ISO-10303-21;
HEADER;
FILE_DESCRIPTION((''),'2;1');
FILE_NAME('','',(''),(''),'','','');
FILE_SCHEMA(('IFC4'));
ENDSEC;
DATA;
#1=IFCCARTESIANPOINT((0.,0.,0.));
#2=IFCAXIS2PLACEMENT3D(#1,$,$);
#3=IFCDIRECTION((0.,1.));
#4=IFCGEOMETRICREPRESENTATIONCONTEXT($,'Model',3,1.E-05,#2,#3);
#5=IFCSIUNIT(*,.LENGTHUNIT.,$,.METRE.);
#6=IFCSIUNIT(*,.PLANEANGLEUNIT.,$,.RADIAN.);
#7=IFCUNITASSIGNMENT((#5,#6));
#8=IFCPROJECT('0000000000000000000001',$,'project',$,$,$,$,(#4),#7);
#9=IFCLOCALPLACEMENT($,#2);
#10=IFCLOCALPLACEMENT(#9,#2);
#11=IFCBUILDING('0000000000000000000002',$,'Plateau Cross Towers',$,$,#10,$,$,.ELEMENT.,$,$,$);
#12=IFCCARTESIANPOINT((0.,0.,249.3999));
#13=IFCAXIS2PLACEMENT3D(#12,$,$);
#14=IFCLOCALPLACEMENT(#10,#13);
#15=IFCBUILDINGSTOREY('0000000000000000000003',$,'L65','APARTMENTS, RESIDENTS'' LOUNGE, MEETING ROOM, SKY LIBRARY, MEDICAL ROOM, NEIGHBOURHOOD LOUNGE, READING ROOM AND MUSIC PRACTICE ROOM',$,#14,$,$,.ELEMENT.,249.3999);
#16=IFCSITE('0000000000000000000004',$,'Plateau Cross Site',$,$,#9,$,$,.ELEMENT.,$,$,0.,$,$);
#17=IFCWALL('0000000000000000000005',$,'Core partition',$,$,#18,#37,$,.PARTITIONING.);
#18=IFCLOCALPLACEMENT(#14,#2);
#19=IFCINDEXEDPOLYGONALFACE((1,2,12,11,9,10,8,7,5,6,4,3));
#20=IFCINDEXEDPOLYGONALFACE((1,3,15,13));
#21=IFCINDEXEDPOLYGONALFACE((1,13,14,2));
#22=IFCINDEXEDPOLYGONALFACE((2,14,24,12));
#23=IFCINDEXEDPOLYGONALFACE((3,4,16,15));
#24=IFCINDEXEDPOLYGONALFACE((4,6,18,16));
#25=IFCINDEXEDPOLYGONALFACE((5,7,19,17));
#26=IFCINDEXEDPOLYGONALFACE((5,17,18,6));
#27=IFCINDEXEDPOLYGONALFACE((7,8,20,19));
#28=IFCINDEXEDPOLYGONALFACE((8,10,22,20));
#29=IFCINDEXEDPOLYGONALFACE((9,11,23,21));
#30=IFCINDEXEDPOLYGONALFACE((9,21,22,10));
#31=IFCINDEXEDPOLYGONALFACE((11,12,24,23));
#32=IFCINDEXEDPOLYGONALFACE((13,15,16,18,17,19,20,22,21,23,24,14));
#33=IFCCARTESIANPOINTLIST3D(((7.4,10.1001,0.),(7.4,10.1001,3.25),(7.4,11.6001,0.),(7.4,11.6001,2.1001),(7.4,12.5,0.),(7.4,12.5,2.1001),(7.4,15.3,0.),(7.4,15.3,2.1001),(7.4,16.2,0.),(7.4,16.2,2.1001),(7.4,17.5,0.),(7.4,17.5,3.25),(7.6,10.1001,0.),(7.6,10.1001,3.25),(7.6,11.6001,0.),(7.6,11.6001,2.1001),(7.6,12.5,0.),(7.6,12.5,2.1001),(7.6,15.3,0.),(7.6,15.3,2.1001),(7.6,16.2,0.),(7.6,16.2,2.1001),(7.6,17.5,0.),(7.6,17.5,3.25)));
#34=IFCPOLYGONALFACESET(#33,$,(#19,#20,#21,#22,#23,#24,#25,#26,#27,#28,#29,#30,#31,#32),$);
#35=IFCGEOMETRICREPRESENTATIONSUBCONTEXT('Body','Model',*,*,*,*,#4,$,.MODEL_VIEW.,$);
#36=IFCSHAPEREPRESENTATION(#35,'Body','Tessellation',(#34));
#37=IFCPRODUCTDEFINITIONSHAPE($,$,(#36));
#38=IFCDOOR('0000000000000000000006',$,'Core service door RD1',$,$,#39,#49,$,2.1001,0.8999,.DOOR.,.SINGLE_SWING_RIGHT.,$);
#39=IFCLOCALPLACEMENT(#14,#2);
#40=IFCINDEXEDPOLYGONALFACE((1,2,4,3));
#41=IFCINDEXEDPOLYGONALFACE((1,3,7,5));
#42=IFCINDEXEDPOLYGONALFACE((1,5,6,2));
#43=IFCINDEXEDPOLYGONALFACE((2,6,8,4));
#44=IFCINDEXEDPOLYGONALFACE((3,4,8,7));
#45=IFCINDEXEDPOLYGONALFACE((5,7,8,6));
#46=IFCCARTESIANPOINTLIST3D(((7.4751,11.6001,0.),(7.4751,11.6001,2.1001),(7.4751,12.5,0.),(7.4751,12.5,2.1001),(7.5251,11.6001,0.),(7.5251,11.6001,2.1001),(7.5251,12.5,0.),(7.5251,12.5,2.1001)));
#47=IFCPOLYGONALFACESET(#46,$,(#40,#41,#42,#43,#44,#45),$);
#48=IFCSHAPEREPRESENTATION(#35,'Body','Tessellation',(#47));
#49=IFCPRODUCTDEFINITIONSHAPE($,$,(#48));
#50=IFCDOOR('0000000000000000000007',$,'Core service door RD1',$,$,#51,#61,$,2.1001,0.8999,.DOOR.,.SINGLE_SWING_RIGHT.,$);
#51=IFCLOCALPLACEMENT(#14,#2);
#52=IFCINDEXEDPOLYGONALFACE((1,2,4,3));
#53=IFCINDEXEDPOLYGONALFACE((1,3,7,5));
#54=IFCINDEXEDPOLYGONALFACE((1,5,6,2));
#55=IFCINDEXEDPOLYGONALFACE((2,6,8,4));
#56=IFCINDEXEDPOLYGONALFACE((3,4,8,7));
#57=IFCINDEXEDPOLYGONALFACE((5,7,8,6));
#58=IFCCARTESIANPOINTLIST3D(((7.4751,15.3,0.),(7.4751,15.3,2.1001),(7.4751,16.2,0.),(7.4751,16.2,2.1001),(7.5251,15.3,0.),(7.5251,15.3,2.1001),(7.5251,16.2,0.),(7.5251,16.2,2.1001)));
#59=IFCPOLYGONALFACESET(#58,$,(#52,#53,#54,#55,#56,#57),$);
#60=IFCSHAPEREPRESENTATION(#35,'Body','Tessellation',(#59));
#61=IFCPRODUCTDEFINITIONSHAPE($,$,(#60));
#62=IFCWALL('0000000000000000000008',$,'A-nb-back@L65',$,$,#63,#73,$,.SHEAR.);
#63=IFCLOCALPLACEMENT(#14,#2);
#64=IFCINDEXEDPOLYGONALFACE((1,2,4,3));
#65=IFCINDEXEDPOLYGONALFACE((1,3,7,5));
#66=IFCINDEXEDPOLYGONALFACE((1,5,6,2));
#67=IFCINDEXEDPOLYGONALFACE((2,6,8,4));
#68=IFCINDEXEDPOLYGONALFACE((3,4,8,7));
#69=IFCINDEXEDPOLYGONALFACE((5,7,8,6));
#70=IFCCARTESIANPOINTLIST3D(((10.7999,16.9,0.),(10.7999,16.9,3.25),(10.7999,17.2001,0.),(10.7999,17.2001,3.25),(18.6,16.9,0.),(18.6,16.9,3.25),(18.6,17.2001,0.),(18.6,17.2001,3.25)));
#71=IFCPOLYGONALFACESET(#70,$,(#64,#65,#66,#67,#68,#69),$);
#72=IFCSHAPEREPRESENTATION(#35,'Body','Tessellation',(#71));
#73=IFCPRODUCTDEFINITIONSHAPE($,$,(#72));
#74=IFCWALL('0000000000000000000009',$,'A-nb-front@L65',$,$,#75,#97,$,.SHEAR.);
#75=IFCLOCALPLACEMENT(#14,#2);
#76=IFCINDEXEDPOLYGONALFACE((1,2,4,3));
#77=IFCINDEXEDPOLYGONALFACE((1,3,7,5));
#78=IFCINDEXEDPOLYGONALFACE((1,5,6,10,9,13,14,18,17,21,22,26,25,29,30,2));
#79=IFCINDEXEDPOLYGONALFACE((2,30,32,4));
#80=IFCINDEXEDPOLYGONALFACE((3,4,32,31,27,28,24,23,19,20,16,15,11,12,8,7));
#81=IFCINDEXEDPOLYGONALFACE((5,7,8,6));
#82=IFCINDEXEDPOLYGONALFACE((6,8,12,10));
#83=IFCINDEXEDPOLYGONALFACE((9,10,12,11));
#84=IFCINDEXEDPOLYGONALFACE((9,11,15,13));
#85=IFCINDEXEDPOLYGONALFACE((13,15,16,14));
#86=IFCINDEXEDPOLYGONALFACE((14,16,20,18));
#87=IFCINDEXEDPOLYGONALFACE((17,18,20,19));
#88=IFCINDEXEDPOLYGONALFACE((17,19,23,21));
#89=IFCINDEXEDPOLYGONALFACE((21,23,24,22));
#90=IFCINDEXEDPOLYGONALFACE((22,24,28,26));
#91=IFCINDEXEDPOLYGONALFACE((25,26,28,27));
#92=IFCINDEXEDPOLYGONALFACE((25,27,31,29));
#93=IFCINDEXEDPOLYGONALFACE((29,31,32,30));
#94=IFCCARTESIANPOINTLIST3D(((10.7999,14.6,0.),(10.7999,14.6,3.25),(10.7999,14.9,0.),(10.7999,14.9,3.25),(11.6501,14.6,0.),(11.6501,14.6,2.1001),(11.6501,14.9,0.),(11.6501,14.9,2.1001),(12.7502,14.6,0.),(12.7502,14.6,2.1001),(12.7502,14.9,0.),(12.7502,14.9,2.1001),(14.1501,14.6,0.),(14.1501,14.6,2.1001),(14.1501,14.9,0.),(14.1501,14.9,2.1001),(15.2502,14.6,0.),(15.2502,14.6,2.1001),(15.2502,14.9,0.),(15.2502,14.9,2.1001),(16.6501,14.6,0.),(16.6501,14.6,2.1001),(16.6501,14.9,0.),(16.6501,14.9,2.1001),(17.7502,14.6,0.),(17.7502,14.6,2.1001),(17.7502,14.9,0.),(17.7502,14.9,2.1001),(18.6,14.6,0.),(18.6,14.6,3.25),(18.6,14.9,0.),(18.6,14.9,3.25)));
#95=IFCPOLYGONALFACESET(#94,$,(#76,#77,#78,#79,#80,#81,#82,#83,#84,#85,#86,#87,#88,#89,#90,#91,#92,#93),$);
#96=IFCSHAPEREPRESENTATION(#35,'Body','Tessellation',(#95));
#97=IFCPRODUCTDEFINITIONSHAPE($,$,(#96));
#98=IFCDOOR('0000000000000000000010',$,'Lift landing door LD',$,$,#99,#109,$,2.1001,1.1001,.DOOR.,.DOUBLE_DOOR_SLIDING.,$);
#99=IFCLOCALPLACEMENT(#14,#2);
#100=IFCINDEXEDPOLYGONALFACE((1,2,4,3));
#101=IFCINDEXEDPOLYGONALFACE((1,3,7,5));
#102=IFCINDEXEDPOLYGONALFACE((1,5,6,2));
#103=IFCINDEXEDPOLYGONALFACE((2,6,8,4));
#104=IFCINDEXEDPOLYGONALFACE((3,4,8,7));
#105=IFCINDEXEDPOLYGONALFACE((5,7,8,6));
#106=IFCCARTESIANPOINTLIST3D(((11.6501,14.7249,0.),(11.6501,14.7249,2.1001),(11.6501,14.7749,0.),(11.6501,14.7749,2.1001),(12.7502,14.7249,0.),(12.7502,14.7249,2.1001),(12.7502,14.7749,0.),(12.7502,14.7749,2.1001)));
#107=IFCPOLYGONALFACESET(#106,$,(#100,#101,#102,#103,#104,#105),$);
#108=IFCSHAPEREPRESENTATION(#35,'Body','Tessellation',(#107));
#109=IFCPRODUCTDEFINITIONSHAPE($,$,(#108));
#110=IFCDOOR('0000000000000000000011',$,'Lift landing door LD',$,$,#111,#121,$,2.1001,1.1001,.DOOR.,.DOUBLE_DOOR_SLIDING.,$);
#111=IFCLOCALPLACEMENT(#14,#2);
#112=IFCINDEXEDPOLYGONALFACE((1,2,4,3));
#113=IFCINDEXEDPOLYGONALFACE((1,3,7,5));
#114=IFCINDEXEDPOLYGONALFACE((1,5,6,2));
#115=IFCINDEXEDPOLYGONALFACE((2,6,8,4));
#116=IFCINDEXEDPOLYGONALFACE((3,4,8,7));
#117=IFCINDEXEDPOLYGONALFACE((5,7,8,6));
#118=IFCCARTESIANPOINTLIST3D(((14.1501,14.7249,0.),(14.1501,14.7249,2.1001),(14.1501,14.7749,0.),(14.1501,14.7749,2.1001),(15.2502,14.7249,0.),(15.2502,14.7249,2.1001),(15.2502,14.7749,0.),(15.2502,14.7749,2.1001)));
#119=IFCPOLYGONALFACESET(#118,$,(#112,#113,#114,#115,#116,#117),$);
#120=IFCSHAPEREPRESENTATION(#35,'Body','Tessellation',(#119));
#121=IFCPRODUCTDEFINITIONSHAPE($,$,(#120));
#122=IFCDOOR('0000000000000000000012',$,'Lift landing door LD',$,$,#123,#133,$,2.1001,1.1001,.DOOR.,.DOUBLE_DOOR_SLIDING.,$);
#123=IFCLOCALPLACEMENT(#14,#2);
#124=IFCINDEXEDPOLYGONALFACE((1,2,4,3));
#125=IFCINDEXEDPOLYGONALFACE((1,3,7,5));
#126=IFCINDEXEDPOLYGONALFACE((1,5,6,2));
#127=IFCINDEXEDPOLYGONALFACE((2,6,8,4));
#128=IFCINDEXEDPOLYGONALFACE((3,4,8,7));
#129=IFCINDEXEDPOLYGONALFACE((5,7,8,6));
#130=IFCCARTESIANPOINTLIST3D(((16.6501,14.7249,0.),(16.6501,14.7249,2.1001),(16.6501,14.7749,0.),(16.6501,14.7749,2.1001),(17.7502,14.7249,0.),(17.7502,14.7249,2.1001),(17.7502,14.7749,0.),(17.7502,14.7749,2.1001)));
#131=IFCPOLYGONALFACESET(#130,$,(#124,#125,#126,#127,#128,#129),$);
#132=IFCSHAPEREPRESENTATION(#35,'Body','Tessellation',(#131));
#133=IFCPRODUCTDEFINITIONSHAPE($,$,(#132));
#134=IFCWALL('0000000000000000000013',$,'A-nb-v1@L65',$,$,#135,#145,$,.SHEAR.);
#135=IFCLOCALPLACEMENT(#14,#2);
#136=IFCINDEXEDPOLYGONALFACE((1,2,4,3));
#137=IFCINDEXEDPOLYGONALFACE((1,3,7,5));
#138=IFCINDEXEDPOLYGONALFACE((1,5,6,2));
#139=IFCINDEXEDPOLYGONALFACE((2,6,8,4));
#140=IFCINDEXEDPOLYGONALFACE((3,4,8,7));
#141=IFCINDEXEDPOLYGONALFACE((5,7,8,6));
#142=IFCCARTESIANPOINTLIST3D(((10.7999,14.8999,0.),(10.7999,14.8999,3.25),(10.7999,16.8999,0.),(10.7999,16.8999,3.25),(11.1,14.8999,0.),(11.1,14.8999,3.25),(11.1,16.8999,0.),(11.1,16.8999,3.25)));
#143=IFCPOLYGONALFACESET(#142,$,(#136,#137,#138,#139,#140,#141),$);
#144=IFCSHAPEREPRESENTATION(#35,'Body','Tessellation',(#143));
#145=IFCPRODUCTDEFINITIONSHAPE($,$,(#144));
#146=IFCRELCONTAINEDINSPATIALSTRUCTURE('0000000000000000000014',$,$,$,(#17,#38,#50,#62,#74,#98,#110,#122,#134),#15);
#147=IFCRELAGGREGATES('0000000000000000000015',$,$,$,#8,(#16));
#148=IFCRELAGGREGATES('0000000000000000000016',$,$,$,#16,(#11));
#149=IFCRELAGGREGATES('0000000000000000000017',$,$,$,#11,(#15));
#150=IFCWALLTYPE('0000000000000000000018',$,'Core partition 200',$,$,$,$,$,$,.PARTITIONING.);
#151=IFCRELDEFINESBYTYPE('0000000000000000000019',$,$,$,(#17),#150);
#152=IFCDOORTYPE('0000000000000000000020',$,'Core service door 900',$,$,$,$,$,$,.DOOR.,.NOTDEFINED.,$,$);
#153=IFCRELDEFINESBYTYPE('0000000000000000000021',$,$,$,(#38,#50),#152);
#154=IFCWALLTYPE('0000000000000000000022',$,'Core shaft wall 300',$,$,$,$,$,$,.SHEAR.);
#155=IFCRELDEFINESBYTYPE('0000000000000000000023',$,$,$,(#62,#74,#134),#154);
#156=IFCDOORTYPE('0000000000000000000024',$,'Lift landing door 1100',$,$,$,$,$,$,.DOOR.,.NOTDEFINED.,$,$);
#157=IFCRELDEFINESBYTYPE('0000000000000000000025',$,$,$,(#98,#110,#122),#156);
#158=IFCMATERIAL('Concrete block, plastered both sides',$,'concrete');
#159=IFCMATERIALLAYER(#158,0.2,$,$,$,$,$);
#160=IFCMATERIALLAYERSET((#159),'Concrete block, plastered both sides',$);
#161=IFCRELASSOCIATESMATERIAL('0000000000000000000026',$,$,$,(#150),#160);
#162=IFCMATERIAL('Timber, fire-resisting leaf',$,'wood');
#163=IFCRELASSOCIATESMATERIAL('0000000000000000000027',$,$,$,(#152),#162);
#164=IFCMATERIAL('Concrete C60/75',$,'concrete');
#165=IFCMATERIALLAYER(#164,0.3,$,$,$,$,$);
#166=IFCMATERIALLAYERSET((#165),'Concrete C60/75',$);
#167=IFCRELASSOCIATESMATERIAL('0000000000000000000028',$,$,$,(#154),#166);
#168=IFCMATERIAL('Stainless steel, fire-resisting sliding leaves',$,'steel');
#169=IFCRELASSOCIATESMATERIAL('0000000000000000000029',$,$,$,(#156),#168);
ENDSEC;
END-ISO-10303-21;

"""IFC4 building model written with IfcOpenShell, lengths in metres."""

from ifc_helpers import new_model, si_unit, direction, frame, frame_2d, origin, place, context, subcontext, project, spatial, rectangle, extrude, material, layer, layer_set, type_object, element, fill, save


model = new_model("IFC4")

# Units and contexts
model_context = context("Model", 3, precision=1e-05, world=origin(), true_north=direction((0.0, 1.0)))
body_context = subcontext(model_context, "Body", "Model", "MODEL_VIEW")
ifc_project = project(units=[si_unit("LENGTHUNIT", "METRE"), si_unit("PLANEANGLEUNIT", "RADIAN")], contexts=[model_context])

# Site, building, storey
site_placement = place(None, origin())
site = spatial("IfcSite", under=ifc_project, at=site_placement, Name="Plateau Cross Site", CompositionType="ELEMENT", RefElevation=0.0)
building_placement = place(site_placement, origin())
building = spatial("IfcBuilding", under=site, at=building_placement, Name="Plateau Cross Towers", CompositionType="ELEMENT")
storey_placement = place(building_placement, frame((0.0, 0.0, 249.3999)))
storey = spatial("IfcBuildingStorey", under=building, at=storey_placement, Name="L65", Description="APARTMENTS, RESIDENTS' LOUNGE, MEETING ROOM, SKY LIBRARY, MEDICAL ROOM, NEIGHBOURHOOD LOUNGE, READING ROOM AND MUSIC PRACTICE ROOM", CompositionType="ELEMENT", Elevation=249.3999)

# Shared definitions
ifc_material_1 = material(Name="Concrete block, plastered both sides", Category="concrete")
ifc_layer_1 = layer(ifc_material_1, 0.2)
ifc_layer_set_1 = layer_set([ifc_layer_1], Name="Concrete block, plastered both sides")
wall_type_1 = type_object("IfcWallType", Name="Core partition 200", PredefinedType="PARTITIONING", material=ifc_layer_set_1)

# Shared definitions
ifc_material_2 = material(Name="Timber, fire-resisting leaf", Category="wood")
door_type_1 = type_object("IfcDoorType", Name="Core service door 900", OperationType="NOTDEFINED", PredefinedType="DOOR", material=ifc_material_2)

# Wall, openings, doors
wall_1_placement = place(storey_placement, frame((7.5, 10.1001, 0.0), z_axis=(0.0, 0.0, 1.0), x_axis=(0.0, 1.0, 0.0)))
wall_1 = element("IfcWall", 1, at=wall_1_placement, inside=storey, type_object=wall_type_1, Name="Core partition", PredefinedType="PARTITIONING", context=body_context, shape_type="SweptSolid", body=[
    extrude(rectangle(XDim=7.3999, YDim=0.2, at=frame_2d((3.7, 0.0))), origin(), (0.0, 0.0, 1.0), 3.25),
])
opening_1_placement = place(wall_1_placement, frame((1.5, 0.0, 0.0)))
opening_1 = element("IfcOpeningElement", 2, at=opening_1_placement, cuts=wall_1, PredefinedType="OPENING", context=body_context, shape_type="SweptSolid", body=[
    extrude(rectangle(XDim=0.8999, YDim=2.1001, at=frame_2d((0.45, 1.05))), frame((0.0, 0.1099, 0.0), z_axis=(0.0, -1.0, 0.0), x_axis=(1.0, 0.0, 0.0)), (0.0, 0.0, 1.0), 0.22),
])
opening_2_placement = place(wall_1_placement, frame((5.2, 0.0, 0.0)))
opening_2 = element("IfcOpeningElement", 3, at=opening_2_placement, cuts=wall_1, PredefinedType="OPENING", context=body_context, shape_type="SweptSolid", body=[
    extrude(rectangle(XDim=0.8999, YDim=2.1001, at=frame_2d((0.45, 1.05))), frame((0.0, 0.1099, 0.0), z_axis=(0.0, -1.0, 0.0), x_axis=(1.0, 0.0, 0.0)), (0.0, 0.0, 1.0), 0.22),
])
door_1_placement = place(opening_1_placement, origin())
door_1 = element("IfcDoor", 4, at=door_1_placement, inside=storey, type_object=door_type_1, Name="Core service door RD1", OperationType="SINGLE_SWING_RIGHT", OverallHeight=2.1001, OverallWidth=0.8999, PredefinedType="DOOR", context=body_context, shape_type="SweptSolid", body=[
    extrude(rectangle(XDim=0.8999, YDim=2.1001, at=frame_2d((0.45, 1.05))), frame((0.0, 0.0249, 0.0), z_axis=(0.0, -1.0, 0.0), x_axis=(1.0, 0.0, 0.0)), (0.0, 0.0, 1.0), 0.05),
])
fill(opening_1, door_1)
door_2_placement = place(opening_2_placement, origin())
door_2 = element("IfcDoor", 5, at=door_2_placement, inside=storey, type_object=door_type_1, Name="Core service door RD1", OperationType="SINGLE_SWING_RIGHT", OverallHeight=2.1001, OverallWidth=0.8999, PredefinedType="DOOR", context=body_context, shape_type="SweptSolid", body=[
    extrude(rectangle(XDim=0.8999, YDim=2.1001, at=frame_2d((0.45, 1.05))), frame((0.0, 0.0249, 0.0), z_axis=(0.0, -1.0, 0.0), x_axis=(1.0, 0.0, 0.0)), (0.0, 0.0, 1.0), 0.05),
])
fill(opening_2, door_2)

# Wall
ifc_material_3 = material(Name="Concrete C60/75", Category="concrete")
ifc_layer_2 = layer(ifc_material_3, 0.3)
ifc_layer_set_2 = layer_set([ifc_layer_2], Name="Concrete C60/75")
wall_type_2 = type_object("IfcWallType", Name="Core shaft wall 300", PredefinedType="SHEAR", material=ifc_layer_set_2)
wall_2_placement = place(storey_placement, frame((10.8, 17.05, 0.0), z_axis=(0.0, 0.0, 1.0), x_axis=(1.0, 0.0, 0.0)))
element("IfcWall", 6, at=wall_2_placement, inside=storey, type_object=wall_type_2, Name="A-nb-back@L65", PredefinedType="SHEAR", context=body_context, shape_type="SweptSolid", body=[
    extrude(rectangle(XDim=7.8, YDim=0.3, at=frame_2d((3.8999, 0.0))), origin(), (0.0, 0.0, 1.0), 3.25),
])

# Wall, openings, doors
wall_3_placement = place(storey_placement, frame((10.8, 14.75, 0.0), z_axis=(0.0, 0.0, 1.0), x_axis=(1.0, 0.0, 0.0)))
wall_3 = element("IfcWall", 7, at=wall_3_placement, inside=storey, type_object=wall_type_2, Name="A-nb-front@L65", PredefinedType="SHEAR", context=body_context, shape_type="SweptSolid", body=[
    extrude(rectangle(XDim=7.8, YDim=0.3, at=frame_2d((3.8999, 0.0))), origin(), (0.0, 0.0, 1.0), 3.25),
])
opening_3_placement = place(wall_3_placement, frame((0.8501, 0.0, 0.0)))
opening_3 = element("IfcOpeningElement", 8, at=opening_3_placement, cuts=wall_3, PredefinedType="OPENING", context=body_context, shape_type="SweptSolid", body=[
    extrude(rectangle(XDim=1.1001, YDim=2.1001, at=frame_2d((0.55, 1.05))), frame((0.0, 0.1599, 0.0), z_axis=(0.0, -1.0, 0.0), x_axis=(1.0, 0.0, 0.0)), (0.0, 0.0, 1.0), 0.3201),
])
opening_4_placement = place(wall_3_placement, frame((3.3501, 0.0, 0.0)))
opening_4 = element("IfcOpeningElement", 9, at=opening_4_placement, cuts=wall_3, PredefinedType="OPENING", context=body_context, shape_type="SweptSolid", body=[
    extrude(rectangle(XDim=1.1001, YDim=2.1001, at=frame_2d((0.55, 1.05))), frame((0.0, 0.1599, 0.0), z_axis=(0.0, -1.0, 0.0), x_axis=(1.0, 0.0, 0.0)), (0.0, 0.0, 1.0), 0.3201),
])
opening_5_placement = place(wall_3_placement, frame((5.8501, 0.0, 0.0)))
opening_5 = element("IfcOpeningElement", 10, at=opening_5_placement, cuts=wall_3, PredefinedType="OPENING", context=body_context, shape_type="SweptSolid", body=[
    extrude(rectangle(XDim=1.1001, YDim=2.1001, at=frame_2d((0.55, 1.05))), frame((0.0, 0.1599, 0.0), z_axis=(0.0, -1.0, 0.0), x_axis=(1.0, 0.0, 0.0)), (0.0, 0.0, 1.0), 0.3201),
])
ifc_material_4 = material(Name="Stainless steel, fire-resisting sliding leaves", Category="steel")
door_type_2 = type_object("IfcDoorType", Name="Lift landing door 1100", OperationType="NOTDEFINED", PredefinedType="DOOR", material=ifc_material_4)
door_3_placement = place(opening_3_placement, origin())
door_3 = element("IfcDoor", 11, at=door_3_placement, inside=storey, type_object=door_type_2, Name="Lift landing door LD", OperationType="DOUBLE_DOOR_SLIDING", OverallHeight=2.1001, OverallWidth=1.1001, PredefinedType="DOOR", context=body_context, shape_type="SweptSolid", body=[
    extrude(rectangle(XDim=1.1001, YDim=2.1001, at=frame_2d((0.55, 1.05))), frame((0.0, 0.0249, 0.0), z_axis=(0.0, -1.0, 0.0), x_axis=(1.0, 0.0, 0.0)), (0.0, 0.0, 1.0), 0.05),
])
fill(opening_3, door_3)
door_4_placement = place(opening_4_placement, origin())
door_4 = element("IfcDoor", 12, at=door_4_placement, inside=storey, type_object=door_type_2, Name="Lift landing door LD", OperationType="DOUBLE_DOOR_SLIDING", OverallHeight=2.1001, OverallWidth=1.1001, PredefinedType="DOOR", context=body_context, shape_type="SweptSolid", body=[
    extrude(rectangle(XDim=1.1001, YDim=2.1001, at=frame_2d((0.55, 1.05))), frame((0.0, 0.0249, 0.0), z_axis=(0.0, -1.0, 0.0), x_axis=(1.0, 0.0, 0.0)), (0.0, 0.0, 1.0), 0.05),
])
fill(opening_4, door_4)
door_5_placement = place(opening_5_placement, origin())
door_5 = element("IfcDoor", 13, at=door_5_placement, inside=storey, type_object=door_type_2, Name="Lift landing door LD", OperationType="DOUBLE_DOOR_SLIDING", OverallHeight=2.1001, OverallWidth=1.1001, PredefinedType="DOOR", context=body_context, shape_type="SweptSolid", body=[
    extrude(rectangle(XDim=1.1001, YDim=2.1001, at=frame_2d((0.55, 1.05))), frame((0.0, 0.0249, 0.0), z_axis=(0.0, -1.0, 0.0), x_axis=(1.0, 0.0, 0.0)), (0.0, 0.0, 1.0), 0.05),
])
fill(opening_5, door_5)

# Wall
wall_4_placement = place(storey_placement, frame((10.95, 14.8999, 0.0), z_axis=(0.0, 0.0, 1.0), x_axis=(0.0, 1.0, 0.0)))
element("IfcWall", 14, at=wall_4_placement, inside=storey, type_object=wall_type_2, Name="A-nb-v1@L65", PredefinedType="SHEAR", context=body_context, shape_type="SweptSolid", body=[
    extrude(rectangle(XDim=2.0, YDim=0.3, at=frame_2d((1.0, 0.0))), origin(), (0.0, 0.0, 1.0), 3.25),
])

save(model, "model.ifc")
